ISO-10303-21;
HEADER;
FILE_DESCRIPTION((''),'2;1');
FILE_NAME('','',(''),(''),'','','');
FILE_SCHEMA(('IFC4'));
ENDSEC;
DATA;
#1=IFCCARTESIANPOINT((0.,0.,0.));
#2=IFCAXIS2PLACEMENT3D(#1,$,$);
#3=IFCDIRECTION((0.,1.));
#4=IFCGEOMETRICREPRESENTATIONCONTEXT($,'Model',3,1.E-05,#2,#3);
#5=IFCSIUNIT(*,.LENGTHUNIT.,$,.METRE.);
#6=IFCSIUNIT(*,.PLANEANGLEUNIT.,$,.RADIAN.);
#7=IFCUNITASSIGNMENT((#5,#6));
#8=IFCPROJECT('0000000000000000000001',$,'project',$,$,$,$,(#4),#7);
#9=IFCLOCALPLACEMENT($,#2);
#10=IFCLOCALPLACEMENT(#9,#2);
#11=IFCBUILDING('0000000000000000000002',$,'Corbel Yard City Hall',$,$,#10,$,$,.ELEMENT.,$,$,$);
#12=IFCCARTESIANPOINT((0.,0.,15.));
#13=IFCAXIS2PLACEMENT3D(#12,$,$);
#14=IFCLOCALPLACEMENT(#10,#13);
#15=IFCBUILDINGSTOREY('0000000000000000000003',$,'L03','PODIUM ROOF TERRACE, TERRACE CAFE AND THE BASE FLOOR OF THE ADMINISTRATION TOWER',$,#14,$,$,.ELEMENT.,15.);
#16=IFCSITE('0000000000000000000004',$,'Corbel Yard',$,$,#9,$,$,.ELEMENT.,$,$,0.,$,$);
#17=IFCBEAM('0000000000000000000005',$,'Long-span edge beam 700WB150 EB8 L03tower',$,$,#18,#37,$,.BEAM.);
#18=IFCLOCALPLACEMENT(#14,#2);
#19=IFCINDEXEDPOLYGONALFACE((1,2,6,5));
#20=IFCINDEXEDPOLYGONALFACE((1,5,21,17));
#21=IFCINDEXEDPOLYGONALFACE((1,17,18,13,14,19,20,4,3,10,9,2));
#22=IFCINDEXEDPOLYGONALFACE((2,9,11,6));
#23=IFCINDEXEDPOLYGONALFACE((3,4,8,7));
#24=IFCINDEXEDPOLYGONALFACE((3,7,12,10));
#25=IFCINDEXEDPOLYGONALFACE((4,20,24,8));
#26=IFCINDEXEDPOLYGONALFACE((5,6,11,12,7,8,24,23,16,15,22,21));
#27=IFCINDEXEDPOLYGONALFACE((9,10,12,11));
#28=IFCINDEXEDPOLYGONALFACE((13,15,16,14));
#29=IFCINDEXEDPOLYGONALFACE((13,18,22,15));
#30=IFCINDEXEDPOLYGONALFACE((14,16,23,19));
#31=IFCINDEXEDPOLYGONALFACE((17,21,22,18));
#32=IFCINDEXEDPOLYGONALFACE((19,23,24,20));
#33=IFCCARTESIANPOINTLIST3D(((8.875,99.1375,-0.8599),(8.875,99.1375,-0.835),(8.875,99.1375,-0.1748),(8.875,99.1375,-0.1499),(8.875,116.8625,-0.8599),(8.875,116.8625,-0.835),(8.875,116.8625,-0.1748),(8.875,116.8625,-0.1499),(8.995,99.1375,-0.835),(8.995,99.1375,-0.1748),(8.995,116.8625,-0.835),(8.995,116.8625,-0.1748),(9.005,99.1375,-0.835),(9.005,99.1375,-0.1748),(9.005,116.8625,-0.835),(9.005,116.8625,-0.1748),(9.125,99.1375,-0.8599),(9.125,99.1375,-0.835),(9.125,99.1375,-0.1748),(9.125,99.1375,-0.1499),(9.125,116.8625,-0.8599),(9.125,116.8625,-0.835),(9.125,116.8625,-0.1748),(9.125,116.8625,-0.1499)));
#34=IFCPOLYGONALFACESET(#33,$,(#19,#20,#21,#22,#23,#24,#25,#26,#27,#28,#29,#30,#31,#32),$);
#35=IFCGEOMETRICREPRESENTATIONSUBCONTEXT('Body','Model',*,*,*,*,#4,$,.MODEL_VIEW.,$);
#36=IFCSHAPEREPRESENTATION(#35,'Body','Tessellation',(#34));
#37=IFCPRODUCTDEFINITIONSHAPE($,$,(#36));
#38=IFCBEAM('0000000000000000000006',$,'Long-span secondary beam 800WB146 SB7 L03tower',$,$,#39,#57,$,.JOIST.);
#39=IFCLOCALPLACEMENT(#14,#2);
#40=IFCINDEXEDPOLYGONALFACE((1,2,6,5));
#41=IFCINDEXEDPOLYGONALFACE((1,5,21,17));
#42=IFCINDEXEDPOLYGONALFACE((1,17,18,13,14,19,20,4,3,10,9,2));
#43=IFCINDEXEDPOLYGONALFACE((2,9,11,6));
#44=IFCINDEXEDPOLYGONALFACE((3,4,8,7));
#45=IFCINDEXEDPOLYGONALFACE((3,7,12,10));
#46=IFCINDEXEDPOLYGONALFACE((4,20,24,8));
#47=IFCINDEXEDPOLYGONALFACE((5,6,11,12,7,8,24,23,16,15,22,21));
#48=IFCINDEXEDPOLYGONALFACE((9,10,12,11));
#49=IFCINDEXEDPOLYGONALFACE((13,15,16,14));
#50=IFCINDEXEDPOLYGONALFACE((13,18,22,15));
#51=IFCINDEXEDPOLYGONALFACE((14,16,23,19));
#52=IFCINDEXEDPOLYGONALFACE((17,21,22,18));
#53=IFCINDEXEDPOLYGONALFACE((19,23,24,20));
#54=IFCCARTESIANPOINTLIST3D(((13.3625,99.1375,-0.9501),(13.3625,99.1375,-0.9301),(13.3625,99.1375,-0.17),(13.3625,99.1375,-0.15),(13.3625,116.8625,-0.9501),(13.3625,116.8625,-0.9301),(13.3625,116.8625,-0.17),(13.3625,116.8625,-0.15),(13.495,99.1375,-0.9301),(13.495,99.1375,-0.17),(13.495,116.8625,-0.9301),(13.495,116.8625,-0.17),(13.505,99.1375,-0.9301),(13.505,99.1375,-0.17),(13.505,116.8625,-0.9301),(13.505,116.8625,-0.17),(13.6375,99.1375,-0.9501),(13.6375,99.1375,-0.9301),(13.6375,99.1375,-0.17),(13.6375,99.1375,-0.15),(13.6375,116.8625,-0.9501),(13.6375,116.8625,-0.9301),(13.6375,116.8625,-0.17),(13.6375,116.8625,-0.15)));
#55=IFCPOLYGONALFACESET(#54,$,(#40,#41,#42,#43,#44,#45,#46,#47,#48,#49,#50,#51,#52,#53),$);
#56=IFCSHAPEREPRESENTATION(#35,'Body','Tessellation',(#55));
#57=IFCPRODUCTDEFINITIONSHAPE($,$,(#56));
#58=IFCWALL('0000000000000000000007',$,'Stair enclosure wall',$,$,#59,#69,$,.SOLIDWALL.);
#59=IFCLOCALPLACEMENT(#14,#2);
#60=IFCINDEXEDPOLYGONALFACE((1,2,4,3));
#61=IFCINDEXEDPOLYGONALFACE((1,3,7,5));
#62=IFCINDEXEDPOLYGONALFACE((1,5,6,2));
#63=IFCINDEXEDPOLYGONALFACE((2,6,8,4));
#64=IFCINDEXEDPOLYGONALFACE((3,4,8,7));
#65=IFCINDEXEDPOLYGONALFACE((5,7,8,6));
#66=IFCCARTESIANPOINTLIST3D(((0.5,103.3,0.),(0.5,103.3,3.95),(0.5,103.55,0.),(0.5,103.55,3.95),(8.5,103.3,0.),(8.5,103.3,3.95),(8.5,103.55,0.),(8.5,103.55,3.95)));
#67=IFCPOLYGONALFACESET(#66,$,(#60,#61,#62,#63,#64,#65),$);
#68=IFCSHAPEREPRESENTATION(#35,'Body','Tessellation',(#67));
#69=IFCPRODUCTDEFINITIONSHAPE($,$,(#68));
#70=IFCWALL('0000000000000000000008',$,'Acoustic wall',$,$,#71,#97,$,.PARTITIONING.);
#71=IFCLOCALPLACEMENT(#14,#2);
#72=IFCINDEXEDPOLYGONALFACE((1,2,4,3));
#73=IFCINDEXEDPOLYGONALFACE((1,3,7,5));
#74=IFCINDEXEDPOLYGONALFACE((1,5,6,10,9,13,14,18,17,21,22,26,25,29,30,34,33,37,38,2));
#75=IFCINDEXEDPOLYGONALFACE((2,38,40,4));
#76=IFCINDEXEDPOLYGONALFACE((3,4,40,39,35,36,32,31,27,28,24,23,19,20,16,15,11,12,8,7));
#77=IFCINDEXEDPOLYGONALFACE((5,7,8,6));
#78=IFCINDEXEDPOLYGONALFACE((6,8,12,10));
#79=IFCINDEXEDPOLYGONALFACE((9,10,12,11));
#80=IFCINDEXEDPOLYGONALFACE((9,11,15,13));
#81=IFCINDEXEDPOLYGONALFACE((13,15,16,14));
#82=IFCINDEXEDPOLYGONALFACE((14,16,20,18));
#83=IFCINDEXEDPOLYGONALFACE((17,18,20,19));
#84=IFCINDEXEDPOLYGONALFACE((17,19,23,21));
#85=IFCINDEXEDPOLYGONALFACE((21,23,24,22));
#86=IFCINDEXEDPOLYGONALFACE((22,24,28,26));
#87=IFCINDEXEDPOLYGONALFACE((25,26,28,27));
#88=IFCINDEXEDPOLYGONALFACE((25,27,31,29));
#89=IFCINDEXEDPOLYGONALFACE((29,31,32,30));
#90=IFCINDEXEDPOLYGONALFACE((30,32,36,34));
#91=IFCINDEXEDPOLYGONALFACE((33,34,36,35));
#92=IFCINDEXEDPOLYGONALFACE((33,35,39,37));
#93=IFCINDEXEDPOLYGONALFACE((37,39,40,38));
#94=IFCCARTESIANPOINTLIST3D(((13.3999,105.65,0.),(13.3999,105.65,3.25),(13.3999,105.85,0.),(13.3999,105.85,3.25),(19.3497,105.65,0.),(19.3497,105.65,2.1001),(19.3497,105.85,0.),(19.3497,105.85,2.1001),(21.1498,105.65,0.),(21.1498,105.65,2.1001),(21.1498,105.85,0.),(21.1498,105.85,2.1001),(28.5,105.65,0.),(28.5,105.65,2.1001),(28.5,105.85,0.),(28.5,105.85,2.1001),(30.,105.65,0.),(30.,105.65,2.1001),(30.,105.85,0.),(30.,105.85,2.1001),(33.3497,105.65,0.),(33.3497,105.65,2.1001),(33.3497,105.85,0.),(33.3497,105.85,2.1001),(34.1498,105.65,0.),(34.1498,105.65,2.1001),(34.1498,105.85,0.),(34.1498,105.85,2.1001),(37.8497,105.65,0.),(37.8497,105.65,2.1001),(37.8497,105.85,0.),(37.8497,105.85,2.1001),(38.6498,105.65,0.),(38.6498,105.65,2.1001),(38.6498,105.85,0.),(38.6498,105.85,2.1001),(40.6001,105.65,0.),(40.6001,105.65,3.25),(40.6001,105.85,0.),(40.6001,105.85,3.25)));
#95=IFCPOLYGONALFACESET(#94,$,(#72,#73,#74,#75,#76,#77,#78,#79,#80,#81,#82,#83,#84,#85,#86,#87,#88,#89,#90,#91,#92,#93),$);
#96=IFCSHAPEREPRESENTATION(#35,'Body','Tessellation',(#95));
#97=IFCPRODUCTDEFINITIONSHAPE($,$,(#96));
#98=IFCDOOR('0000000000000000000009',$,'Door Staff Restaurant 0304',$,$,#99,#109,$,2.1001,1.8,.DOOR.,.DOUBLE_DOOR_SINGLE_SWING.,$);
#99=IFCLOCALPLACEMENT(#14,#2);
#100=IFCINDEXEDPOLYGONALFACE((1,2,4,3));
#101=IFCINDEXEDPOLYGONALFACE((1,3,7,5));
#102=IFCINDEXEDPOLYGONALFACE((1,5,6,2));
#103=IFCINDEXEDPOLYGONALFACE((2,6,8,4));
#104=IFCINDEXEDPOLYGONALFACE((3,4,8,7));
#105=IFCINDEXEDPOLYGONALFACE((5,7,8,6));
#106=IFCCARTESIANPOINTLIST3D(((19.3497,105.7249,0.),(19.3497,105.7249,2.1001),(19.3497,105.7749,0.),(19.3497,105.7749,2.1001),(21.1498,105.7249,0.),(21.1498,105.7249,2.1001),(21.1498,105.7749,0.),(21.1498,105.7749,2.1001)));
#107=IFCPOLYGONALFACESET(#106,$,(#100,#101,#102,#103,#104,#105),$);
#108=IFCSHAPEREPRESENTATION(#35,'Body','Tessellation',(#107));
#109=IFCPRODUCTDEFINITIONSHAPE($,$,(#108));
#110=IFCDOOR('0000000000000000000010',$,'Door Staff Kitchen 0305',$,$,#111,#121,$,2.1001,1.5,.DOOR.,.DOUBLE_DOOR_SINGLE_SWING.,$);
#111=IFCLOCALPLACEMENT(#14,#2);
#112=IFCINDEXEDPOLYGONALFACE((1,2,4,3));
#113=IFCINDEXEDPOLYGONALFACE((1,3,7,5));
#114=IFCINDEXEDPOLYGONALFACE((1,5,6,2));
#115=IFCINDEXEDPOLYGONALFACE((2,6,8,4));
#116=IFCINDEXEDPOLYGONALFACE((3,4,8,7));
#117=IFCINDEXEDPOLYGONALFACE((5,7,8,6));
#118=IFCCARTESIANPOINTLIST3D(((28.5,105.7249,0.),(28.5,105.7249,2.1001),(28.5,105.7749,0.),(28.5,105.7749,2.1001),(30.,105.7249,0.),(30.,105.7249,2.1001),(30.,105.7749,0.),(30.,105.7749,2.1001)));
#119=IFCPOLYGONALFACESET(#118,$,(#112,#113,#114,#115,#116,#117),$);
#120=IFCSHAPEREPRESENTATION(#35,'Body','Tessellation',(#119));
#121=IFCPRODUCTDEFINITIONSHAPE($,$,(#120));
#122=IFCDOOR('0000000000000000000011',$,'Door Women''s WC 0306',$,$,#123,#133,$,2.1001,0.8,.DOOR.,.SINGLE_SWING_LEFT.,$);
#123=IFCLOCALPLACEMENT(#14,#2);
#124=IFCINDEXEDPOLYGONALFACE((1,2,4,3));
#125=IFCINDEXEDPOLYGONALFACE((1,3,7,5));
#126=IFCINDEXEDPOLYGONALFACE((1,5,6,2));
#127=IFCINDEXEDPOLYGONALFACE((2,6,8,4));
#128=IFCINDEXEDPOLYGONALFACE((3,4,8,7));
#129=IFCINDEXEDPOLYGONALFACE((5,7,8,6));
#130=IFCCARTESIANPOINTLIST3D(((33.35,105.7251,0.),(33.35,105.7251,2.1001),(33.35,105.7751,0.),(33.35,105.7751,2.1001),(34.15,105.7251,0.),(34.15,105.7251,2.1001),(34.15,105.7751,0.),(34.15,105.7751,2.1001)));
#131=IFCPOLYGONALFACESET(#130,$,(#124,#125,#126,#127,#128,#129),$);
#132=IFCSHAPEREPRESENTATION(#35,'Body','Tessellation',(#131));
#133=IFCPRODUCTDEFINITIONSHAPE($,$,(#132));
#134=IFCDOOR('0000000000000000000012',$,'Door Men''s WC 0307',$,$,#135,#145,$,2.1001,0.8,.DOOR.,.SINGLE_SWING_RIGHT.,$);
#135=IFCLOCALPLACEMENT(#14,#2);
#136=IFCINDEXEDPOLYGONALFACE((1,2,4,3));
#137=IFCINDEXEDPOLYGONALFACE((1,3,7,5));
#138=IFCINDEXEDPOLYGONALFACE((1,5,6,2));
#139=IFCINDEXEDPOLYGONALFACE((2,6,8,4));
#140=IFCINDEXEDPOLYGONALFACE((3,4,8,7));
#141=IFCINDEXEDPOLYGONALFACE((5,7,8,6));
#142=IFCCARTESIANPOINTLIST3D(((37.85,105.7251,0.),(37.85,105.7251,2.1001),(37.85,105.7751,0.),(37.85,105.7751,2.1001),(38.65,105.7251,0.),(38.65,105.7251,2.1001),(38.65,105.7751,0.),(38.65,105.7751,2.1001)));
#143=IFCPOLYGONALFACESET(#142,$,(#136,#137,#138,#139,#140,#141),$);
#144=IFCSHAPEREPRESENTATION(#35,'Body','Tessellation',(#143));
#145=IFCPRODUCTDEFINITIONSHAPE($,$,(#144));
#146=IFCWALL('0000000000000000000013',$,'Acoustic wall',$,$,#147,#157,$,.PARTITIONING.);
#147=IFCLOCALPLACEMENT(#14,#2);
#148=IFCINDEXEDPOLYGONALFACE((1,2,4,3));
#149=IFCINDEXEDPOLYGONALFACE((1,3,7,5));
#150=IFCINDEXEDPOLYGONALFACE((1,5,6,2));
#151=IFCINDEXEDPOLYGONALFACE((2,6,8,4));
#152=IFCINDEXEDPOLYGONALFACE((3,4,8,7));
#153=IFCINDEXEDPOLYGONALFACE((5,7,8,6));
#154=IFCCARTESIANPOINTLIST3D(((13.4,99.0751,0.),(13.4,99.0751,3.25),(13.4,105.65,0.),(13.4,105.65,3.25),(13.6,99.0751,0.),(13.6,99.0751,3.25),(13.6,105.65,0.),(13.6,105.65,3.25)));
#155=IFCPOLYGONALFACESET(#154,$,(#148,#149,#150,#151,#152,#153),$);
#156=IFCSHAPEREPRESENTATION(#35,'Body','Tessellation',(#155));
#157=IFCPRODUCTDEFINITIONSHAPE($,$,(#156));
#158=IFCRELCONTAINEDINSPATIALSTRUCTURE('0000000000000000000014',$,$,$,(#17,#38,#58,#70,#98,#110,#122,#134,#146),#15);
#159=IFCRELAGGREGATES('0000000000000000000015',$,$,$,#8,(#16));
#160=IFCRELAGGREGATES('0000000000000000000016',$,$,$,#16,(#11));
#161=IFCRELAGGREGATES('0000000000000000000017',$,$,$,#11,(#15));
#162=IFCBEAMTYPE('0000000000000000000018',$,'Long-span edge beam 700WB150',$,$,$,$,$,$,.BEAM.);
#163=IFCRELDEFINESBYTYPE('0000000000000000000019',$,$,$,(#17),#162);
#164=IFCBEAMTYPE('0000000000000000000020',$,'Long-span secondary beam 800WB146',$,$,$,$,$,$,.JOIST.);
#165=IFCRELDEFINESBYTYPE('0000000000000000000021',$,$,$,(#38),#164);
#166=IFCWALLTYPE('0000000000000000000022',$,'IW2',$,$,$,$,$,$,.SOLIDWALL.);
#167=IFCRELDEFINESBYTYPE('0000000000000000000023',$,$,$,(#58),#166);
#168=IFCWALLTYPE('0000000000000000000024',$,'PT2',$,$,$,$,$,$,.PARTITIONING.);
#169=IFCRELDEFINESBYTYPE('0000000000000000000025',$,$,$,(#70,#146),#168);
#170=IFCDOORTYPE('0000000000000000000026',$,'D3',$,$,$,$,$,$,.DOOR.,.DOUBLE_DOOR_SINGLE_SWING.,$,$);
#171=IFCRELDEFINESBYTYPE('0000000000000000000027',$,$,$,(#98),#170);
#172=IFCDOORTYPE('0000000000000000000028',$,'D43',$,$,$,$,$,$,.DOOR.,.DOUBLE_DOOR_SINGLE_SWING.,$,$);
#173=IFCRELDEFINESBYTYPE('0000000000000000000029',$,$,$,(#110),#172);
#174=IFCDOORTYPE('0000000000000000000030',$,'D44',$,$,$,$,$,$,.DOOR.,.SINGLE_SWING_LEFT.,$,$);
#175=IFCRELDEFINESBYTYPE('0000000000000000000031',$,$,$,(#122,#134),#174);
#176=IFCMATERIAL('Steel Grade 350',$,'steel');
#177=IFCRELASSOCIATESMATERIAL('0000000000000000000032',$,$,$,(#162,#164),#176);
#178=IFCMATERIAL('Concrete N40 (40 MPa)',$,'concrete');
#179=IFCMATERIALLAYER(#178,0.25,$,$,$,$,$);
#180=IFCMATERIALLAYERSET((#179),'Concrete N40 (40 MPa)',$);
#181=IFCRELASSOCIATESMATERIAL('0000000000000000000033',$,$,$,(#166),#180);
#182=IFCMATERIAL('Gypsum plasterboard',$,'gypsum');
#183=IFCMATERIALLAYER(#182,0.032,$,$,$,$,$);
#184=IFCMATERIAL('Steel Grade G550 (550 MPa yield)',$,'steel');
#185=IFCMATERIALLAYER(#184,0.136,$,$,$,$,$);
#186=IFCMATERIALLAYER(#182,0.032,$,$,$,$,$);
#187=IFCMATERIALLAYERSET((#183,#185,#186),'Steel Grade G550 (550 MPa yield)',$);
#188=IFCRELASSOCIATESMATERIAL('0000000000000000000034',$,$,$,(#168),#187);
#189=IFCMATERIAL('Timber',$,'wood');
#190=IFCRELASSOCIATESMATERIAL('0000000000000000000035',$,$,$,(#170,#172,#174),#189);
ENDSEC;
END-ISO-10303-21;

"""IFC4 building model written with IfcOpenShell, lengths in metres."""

from ifc_helpers import new_model, si_unit, direction, frame, frame_2d, origin, origin_2d, place, context, subcontext, project, spatial, rectangle, i_section, extrude, material, layer, layer_set, material_profile, profile_set, type_object, element, fill, save


model = new_model("IFC4")

# Units and contexts
model_context = context("Model", 3, precision=1e-05, world=origin(), true_north=direction((0.0, 1.0)))
body_context = subcontext(model_context, "Body", "Model", "MODEL_VIEW")
ifc_project = project(units=[si_unit("LENGTHUNIT", "METRE"), si_unit("PLANEANGLEUNIT", "RADIAN")], contexts=[model_context])

# Site, building, storey
site_placement = place(None, origin())
site = spatial("IfcSite", under=ifc_project, at=site_placement, Name="Corbel Yard", CompositionType="ELEMENT", RefElevation=0.0)
building_placement = place(site_placement, origin())
building = spatial("IfcBuilding", under=site, at=building_placement, Name="Corbel Yard City Hall", CompositionType="ELEMENT")
storey_placement = place(building_placement, frame((0.0, 0.0, 15.0)))
storey = spatial("IfcBuildingStorey", under=building, at=storey_placement, Name="L03", Description="PODIUM ROOF TERRACE, TERRACE CAFE AND THE BASE FLOOR OF THE ADMINISTRATION TOWER", CompositionType="ELEMENT", Elevation=15.0)

# Beams
ifc_material_1 = material(Name="Steel Grade 350", Category="steel")
ifc_material_profile_1 = material_profile(ifc_material_1, i_section(OverallWidth=0.25, OverallDepth=0.71, WebThickness=0.01, FlangeThickness=0.0249, at=origin_2d()), Name="700WB150")
ifc_profile_set_1 = profile_set([ifc_material_profile_1], Name="Steel Grade 350")
beam_type_1 = type_object("IfcBeamType", Name="Long-span edge beam 700WB150", PredefinedType="BEAM", material=ifc_profile_set_1)
beam_1_placement = place(storey_placement, frame((9.0, 99.1375, -0.5049), z_axis=(0.0, 1.0, 0.0), x_axis=(-1.0, 0.0, 0.0)))
element("IfcBeam", 1, at=beam_1_placement, inside=storey, type_object=beam_type_1, Name="Long-span edge beam 700WB150 EB8 L03tower", PredefinedType="BEAM", context=body_context, shape_type="SweptSolid", body=[
    extrude(i_section(OverallWidth=0.25, OverallDepth=0.71, WebThickness=0.01, FlangeThickness=0.0249, at=origin_2d()), origin(), (0.0, 0.0, 1.0), 17.7251),
])
ifc_material_profile_2 = material_profile(ifc_material_1, i_section(OverallWidth=0.2749, OverallDepth=0.8, WebThickness=0.01, FlangeThickness=0.02, at=origin_2d()), Name="800WB146")
ifc_profile_set_2 = profile_set([ifc_material_profile_2], Name="Steel Grade 350")
beam_type_2 = type_object("IfcBeamType", Name="Long-span secondary beam 800WB146", PredefinedType="JOIST", material=ifc_profile_set_2)
beam_2_placement = place(storey_placement, frame((13.5, 99.1375, -0.55), z_axis=(0.0, 1.0, 0.0), x_axis=(-1.0, 0.0, 0.0)))
element("IfcBeam", 2, at=beam_2_placement, inside=storey, type_object=beam_type_2, Name="Long-span secondary beam 800WB146 SB7 L03tower", PredefinedType="JOIST", context=body_context, shape_type="SweptSolid", body=[
    extrude(i_section(OverallWidth=0.2749, OverallDepth=0.8, WebThickness=0.01, FlangeThickness=0.02, at=origin_2d()), origin(), (0.0, 0.0, 1.0), 17.7251),
])

# Wall
ifc_material_2 = material(Name="Concrete N40 (40 MPa)", Category="concrete")
ifc_layer_1 = layer(ifc_material_2, 0.25)
ifc_layer_set_1 = layer_set([ifc_layer_1], Name="Concrete N40 (40 MPa)")
wall_type_1 = type_object("IfcWallType", Name="IW2", PredefinedType="SOLIDWALL", material=ifc_layer_set_1)
wall_1_placement = place(storey_placement, frame((8.5, 103.425, 0.0), z_axis=(0.0, 0.0, 1.0), x_axis=(-1.0, 0.0, 0.0)))
element("IfcWall", 3, at=wall_1_placement, inside=storey, type_object=wall_type_1, Name="Stair enclosure wall", PredefinedType="SOLIDWALL", context=body_context, shape_type="SweptSolid", body=[
    extrude(rectangle(XDim=8.0, YDim=0.25, at=frame_2d((4.0, 0.0))), origin(), (0.0, 0.0, 1.0), 3.95),
])

# Wall, openings, doors
ifc_material_3 = material(Name="Gypsum plasterboard", Category="gypsum")
ifc_layer_2 = layer(ifc_material_3, 0.032)
ifc_material_4 = material(Name="Steel Grade G550 (550 MPa yield)", Category="steel")
ifc_layer_3 = layer(ifc_material_4, 0.136)
ifc_layer_4 = layer(ifc_material_3, 0.032)
ifc_layer_set_2 = layer_set([ifc_layer_2, ifc_layer_3, ifc_layer_4], Name="Steel Grade G550 (550 MPa yield)")
wall_type_2 = type_object("IfcWallType", Name="PT2", PredefinedType="PARTITIONING", material=ifc_layer_set_2)
wall_2_placement = place(storey_placement, frame((13.3999, 105.75, 0.0), z_axis=(0.0, 0.0, 1.0), x_axis=(1.0, 0.0, 0.0)))
wall_2 = element("IfcWall", 4, at=wall_2_placement, inside=storey, type_object=wall_type_2, Name="Acoustic wall", PredefinedType="PARTITIONING", context=body_context, shape_type="SweptSolid", body=[
    extrude(rectangle(XDim=27.2002, YDim=0.2, at=frame_2d((13.6001, 0.0))), origin(), (0.0, 0.0, 1.0), 3.25),
])
opening_1_placement = place(wall_2_placement, frame((5.95, 0.0, 0.0)))
opening_1 = element("IfcOpeningElement", 5, at=opening_1_placement, cuts=wall_2, PredefinedType="OPENING", context=body_context, shape_type="SweptSolid", body=[
    extrude(rectangle(XDim=1.8, YDim=2.1001, at=frame_2d((0.8999, 1.05))), frame((0.0, 0.1099, 0.0), z_axis=(0.0, -1.0, 0.0), x_axis=(1.0, 0.0, 0.0)), (0.0, 0.0, 1.0), 0.22),
])
opening_2_placement = place(wall_2_placement, frame((15.1001, 0.0, 0.0)))
opening_2 = element("IfcOpeningElement", 6, at=opening_2_placement, cuts=wall_2, PredefinedType="OPENING", context=body_context, shape_type="SweptSolid", body=[
    extrude(rectangle(XDim=1.5, YDim=2.1001, at=frame_2d((0.75, 1.05))), frame((0.0, 0.1099, 0.0), z_axis=(0.0, -1.0, 0.0), x_axis=(1.0, 0.0, 0.0)), (0.0, 0.0, 1.0), 0.22),
])
opening_3_placement = place(wall_2_placement, frame((19.95, 0.0, 0.0)))
opening_3 = element("IfcOpeningElement", 7, at=opening_3_placement, cuts=wall_2, PredefinedType="OPENING", context=body_context, shape_type="SweptSolid", body=[
    extrude(rectangle(XDim=0.8, YDim=2.1001, at=frame_2d((0.3999, 1.05))), frame((0.0, 0.1099, 0.0), z_axis=(0.0, -1.0, 0.0), x_axis=(1.0, 0.0, 0.0)), (0.0, 0.0, 1.0), 0.22),
])
opening_4_placement = place(wall_2_placement, frame((24.45, 0.0, 0.0)))
opening_4 = element("IfcOpeningElement", 8, at=opening_4_placement, cuts=wall_2, PredefinedType="OPENING", context=body_context, shape_type="SweptSolid", body=[
    extrude(rectangle(XDim=0.8, YDim=2.1001, at=frame_2d((0.3999, 1.05))), frame((0.0, 0.1099, 0.0), z_axis=(0.0, -1.0, 0.0), x_axis=(1.0, 0.0, 0.0)), (0.0, 0.0, 1.0), 0.22),
])
ifc_material_5 = material(Name="Timber", Category="wood")
door_type_1 = type_object("IfcDoorType", Name="D3", OperationType="DOUBLE_DOOR_SINGLE_SWING", PredefinedType="DOOR", material=ifc_material_5)
door_1_placement = place(opening_1_placement, origin())
door_1 = element("IfcDoor", 9, at=door_1_placement, inside=storey, type_object=door_type_1, Name="Door Staff Restaurant 0304", OperationType="DOUBLE_DOOR_SINGLE_SWING", OverallHeight=2.1001, OverallWidth=1.8, PredefinedType="DOOR", context=body_context, shape_type="SweptSolid", body=[
    extrude(rectangle(XDim=1.8, YDim=2.1001, at=frame_2d((0.8999, 1.05))), frame((0.0, 0.0249, 0.0), z_axis=(0.0, -1.0, 0.0), x_axis=(1.0, 0.0, 0.0)), (0.0, 0.0, 1.0), 0.05),
])
fill(opening_1, door_1)
door_type_2 = type_object("IfcDoorType", Name="D43", OperationType="DOUBLE_DOOR_SINGLE_SWING", PredefinedType="DOOR", material=ifc_material_5)
door_2_placement = place(opening_2_placement, origin())
door_2 = element("IfcDoor", 10, at=door_2_placement, inside=storey, type_object=door_type_2, Name="Door Staff Kitchen 0305", OperationType="DOUBLE_DOOR_SINGLE_SWING", OverallHeight=2.1001, OverallWidth=1.5, PredefinedType="DOOR", context=body_context, shape_type="SweptSolid", body=[
    extrude(rectangle(XDim=1.5, YDim=2.1001, at=frame_2d((0.75, 1.05))), frame((0.0, 0.0249, 0.0), z_axis=(0.0, -1.0, 0.0), x_axis=(1.0, 0.0, 0.0)), (0.0, 0.0, 1.0), 0.05),
])
fill(opening_2, door_2)
door_type_3 = type_object("IfcDoorType", Name="D44", OperationType="SINGLE_SWING_LEFT", PredefinedType="DOOR", material=ifc_material_5)
door_3_placement = place(opening_3_placement, frame((0.8, 0.0, 0.0), z_axis=(0.0, 0.0, 1.0), x_axis=(-1.0, 0.0, 0.0)))
door_3 = element("IfcDoor", 11, at=door_3_placement, inside=storey, type_object=door_type_3, Name="Door Women's WC 0306", OperationType="SINGLE_SWING_LEFT", OverallHeight=2.1001, OverallWidth=0.8, PredefinedType="DOOR", context=body_context, shape_type="SweptSolid", body=[
    extrude(rectangle(XDim=0.8, YDim=2.1001, at=frame_2d((0.3999, 1.05))), frame((0.0, 0.0249, 0.0), z_axis=(0.0, -1.0, 0.0), x_axis=(1.0, 0.0, 0.0)), (0.0, 0.0, 1.0), 0.05),
])
fill(opening_3, door_3)
door_4_placement = place(opening_4_placement, frame((0.8, 0.0, 0.0), z_axis=(0.0, 0.0, 1.0), x_axis=(-1.0, 0.0, 0.0)))
door_4 = element("IfcDoor", 12, at=door_4_placement, inside=storey, type_object=door_type_3, Name="Door Men's WC 0307", OperationType="SINGLE_SWING_RIGHT", OverallHeight=2.1001, OverallWidth=0.8, PredefinedType="DOOR", context=body_context, shape_type="SweptSolid", body=[
    extrude(rectangle(XDim=0.8, YDim=2.1001, at=frame_2d((0.3999, 1.05))), frame((0.0, 0.0249, 0.0), z_axis=(0.0, -1.0, 0.0), x_axis=(1.0, 0.0, 0.0)), (0.0, 0.0, 1.0), 0.05),
])
fill(opening_4, door_4)

# Wall
wall_3_placement = place(storey_placement, frame((13.5, 99.075, 0.0), z_axis=(0.0, 0.0, 1.0), x_axis=(0.0, 1.0, 0.0)))
element("IfcWall", 13, at=wall_3_placement, inside=storey, type_object=wall_type_2, Name="Acoustic wall", PredefinedType="PARTITIONING", context=body_context, shape_type="SweptSolid", body=[
    extrude(rectangle(XDim=6.575, YDim=0.2, at=frame_2d((3.2876, 0.0))), origin(), (0.0, 0.0, 1.0), 3.25),
])

save(model, "model.ifc")
